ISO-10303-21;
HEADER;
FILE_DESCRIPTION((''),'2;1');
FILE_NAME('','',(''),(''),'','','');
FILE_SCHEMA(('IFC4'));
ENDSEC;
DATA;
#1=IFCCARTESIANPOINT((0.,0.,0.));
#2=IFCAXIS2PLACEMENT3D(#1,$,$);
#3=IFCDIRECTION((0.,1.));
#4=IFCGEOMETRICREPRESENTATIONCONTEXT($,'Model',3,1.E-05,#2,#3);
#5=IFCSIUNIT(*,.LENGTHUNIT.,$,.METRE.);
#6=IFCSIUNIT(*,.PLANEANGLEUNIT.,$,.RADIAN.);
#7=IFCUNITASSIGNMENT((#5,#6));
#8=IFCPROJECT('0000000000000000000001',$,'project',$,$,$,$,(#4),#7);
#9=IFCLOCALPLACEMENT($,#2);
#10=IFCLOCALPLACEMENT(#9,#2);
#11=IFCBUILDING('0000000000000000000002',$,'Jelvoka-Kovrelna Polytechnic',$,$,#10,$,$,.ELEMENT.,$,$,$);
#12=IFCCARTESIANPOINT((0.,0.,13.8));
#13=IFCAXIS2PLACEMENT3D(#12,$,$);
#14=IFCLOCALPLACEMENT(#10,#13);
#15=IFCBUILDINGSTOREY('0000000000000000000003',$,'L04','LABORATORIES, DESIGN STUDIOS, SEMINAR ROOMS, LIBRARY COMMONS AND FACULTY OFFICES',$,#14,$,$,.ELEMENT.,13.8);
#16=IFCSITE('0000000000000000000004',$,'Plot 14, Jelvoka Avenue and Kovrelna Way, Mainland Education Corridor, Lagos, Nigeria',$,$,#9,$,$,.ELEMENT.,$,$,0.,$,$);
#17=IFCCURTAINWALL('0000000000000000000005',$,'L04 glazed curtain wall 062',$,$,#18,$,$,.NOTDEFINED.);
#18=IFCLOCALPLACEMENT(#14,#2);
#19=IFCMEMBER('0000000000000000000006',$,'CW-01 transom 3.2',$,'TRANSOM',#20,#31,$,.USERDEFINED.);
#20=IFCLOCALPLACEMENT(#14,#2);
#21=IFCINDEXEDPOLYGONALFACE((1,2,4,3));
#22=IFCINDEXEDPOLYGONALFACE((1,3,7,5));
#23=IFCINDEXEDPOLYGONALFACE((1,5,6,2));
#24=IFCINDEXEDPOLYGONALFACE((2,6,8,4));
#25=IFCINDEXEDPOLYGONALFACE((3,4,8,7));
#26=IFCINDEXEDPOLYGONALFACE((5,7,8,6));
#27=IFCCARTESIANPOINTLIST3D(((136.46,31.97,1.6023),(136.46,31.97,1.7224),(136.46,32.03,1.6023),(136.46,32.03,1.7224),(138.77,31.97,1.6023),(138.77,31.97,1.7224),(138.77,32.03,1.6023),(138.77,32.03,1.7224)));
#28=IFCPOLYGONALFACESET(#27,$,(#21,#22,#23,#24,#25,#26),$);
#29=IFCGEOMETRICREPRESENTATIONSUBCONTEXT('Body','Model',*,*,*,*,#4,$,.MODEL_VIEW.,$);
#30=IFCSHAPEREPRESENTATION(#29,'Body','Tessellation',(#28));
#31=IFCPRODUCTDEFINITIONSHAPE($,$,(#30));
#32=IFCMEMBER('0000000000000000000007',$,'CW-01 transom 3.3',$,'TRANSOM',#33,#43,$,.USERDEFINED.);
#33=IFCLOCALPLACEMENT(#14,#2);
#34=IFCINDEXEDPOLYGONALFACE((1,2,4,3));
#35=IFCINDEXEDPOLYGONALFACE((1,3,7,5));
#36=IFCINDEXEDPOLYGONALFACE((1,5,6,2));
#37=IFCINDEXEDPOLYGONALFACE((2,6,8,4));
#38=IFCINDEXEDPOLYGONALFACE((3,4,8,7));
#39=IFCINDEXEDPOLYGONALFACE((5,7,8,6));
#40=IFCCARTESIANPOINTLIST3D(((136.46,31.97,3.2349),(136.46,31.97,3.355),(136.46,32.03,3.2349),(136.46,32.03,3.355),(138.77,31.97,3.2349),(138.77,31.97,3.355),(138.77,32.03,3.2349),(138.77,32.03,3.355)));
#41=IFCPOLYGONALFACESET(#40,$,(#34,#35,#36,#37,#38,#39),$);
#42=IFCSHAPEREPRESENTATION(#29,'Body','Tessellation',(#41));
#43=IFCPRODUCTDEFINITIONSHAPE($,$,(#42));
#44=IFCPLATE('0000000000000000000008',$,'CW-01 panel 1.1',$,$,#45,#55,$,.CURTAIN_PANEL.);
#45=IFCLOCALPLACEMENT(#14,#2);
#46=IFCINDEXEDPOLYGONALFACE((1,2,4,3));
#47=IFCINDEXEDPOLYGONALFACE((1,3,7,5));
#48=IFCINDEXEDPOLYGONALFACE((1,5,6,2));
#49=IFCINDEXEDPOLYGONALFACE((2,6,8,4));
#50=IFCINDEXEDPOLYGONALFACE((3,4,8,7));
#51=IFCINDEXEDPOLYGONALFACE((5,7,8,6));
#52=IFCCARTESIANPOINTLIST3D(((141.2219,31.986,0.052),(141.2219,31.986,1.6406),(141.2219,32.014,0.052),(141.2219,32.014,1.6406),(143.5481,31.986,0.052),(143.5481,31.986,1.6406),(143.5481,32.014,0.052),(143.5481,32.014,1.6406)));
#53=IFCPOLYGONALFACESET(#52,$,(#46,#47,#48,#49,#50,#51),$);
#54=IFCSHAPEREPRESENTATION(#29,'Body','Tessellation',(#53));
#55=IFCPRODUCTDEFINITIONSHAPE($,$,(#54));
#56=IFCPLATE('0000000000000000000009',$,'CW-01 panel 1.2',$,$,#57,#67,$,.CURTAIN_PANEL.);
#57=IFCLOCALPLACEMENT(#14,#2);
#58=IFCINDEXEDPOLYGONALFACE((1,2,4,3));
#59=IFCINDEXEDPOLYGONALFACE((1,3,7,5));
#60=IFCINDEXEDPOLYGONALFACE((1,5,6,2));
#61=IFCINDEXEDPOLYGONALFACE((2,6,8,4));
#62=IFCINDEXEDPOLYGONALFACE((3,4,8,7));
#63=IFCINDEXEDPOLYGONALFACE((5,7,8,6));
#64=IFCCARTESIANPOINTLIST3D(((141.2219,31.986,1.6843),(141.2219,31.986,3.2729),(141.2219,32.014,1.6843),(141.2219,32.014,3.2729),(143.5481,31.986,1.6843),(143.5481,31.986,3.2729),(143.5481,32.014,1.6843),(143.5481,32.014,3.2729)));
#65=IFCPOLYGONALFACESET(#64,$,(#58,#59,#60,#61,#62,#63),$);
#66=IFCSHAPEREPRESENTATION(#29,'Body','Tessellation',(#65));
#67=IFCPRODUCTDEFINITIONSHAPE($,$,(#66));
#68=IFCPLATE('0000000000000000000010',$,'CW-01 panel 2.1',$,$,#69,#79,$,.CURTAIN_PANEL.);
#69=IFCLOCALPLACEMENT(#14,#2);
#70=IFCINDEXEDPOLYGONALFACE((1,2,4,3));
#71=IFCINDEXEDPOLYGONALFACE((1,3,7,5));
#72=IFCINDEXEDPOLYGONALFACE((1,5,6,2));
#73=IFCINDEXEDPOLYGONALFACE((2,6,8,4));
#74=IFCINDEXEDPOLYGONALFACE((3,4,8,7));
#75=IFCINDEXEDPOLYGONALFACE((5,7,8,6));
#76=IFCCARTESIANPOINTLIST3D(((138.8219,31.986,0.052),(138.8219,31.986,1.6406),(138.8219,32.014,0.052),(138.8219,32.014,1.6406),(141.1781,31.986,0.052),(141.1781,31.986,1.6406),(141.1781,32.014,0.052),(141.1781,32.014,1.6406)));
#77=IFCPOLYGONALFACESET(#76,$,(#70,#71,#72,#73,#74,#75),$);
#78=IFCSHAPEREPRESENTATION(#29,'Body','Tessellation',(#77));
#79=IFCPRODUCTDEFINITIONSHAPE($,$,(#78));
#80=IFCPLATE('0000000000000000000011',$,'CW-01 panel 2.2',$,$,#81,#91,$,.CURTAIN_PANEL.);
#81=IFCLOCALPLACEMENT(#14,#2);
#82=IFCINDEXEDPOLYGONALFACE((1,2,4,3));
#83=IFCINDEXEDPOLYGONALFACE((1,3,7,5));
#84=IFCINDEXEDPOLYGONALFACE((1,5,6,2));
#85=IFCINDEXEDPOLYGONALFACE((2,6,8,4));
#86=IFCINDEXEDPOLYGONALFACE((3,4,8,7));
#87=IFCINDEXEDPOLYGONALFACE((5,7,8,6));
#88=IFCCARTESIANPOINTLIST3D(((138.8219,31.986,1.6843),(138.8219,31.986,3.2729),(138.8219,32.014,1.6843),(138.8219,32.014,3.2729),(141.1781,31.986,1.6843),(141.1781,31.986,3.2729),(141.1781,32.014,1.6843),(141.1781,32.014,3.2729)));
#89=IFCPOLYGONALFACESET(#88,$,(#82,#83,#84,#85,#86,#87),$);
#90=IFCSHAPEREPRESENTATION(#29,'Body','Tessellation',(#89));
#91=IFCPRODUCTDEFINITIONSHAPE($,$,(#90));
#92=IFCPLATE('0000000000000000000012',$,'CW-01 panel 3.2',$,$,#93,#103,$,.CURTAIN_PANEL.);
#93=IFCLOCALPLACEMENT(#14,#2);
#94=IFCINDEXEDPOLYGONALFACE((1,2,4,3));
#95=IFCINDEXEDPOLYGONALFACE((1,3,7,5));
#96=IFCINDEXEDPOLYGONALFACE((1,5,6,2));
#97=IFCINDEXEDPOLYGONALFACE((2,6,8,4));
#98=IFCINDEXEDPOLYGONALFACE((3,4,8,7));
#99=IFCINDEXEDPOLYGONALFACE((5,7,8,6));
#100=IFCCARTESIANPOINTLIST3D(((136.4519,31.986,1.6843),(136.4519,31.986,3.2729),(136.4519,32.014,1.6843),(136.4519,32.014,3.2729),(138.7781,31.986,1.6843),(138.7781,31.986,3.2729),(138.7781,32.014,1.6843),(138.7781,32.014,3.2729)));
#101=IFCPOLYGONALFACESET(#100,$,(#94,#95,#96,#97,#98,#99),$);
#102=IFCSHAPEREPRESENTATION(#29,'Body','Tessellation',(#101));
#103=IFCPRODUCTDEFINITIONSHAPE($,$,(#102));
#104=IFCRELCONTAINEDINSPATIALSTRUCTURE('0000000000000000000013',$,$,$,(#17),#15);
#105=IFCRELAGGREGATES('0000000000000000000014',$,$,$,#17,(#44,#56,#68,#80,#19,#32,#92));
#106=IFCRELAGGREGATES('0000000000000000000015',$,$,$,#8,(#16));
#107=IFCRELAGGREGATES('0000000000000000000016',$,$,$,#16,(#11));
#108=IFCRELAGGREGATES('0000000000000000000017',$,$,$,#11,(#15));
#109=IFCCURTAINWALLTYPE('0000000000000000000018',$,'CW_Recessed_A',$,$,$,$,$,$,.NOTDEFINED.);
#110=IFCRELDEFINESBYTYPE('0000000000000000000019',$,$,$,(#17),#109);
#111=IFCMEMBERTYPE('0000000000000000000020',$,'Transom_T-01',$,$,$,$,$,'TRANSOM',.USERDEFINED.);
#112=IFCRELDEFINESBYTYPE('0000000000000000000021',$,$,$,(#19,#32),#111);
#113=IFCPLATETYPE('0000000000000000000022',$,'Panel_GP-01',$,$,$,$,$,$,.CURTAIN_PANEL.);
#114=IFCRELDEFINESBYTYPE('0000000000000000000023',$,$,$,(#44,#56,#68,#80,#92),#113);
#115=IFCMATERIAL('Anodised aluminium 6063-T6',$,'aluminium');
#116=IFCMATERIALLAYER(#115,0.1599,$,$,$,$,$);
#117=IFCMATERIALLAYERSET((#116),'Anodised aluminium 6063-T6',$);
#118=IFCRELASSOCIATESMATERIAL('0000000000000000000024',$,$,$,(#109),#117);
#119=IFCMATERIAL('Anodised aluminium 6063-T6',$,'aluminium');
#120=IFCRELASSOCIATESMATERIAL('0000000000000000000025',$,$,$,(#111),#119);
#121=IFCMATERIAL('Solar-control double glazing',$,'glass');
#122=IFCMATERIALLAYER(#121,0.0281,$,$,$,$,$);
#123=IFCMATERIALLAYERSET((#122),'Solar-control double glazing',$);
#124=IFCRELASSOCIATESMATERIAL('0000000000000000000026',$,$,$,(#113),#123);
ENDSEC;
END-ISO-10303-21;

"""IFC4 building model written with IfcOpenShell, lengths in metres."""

from ifc_helpers import new_model, si_unit, direction, frame, origin, origin_2d, place, context, subcontext, project, spatial, rectangle, extrude, material, layer, layer_set, material_profile, profile_set, type_object, element, aggregate, save


model = new_model("IFC4")

# Units and contexts
model_context = context("Model", 3, precision=1e-05, world=origin(), true_north=direction((0.0, 1.0)))
body_context = subcontext(model_context, "Body", "Model", "MODEL_VIEW")
ifc_project = project(units=[si_unit("LENGTHUNIT", "METRE"), si_unit("PLANEANGLEUNIT", "RADIAN")], contexts=[model_context])

# Site, building, storey
site_placement = place(None, origin())
site = spatial("IfcSite", under=ifc_project, at=site_placement, Name="Plot 14, Jelvoka Avenue and Kovrelna Way, Mainland Education Corridor, Lagos, Nigeria", CompositionType="ELEMENT", RefElevation=0.0)
building_placement = place(site_placement, origin())
building = spatial("IfcBuilding", under=site, at=building_placement, Name="Jelvoka-Kovrelna Polytechnic", CompositionType="ELEMENT")
storey_placement = place(building_placement, frame((0.0, 0.0, 13.8)))
storey = spatial("IfcBuildingStorey", under=building, at=storey_placement, Name="L04", Description="LABORATORIES, DESIGN STUDIOS, SEMINAR ROOMS, LIBRARY COMMONS AND FACULTY OFFICES", CompositionType="ELEMENT", Elevation=13.8)

# Curtain wall, members, plates
ifc_material_1 = material(Name="Anodised aluminium 6063-T6", Category="aluminium")
ifc_layer_1 = layer(ifc_material_1, 0.1599)
ifc_layer_set_1 = layer_set([ifc_layer_1], Name="Anodised aluminium 6063-T6")
curtain_wall_type = type_object("IfcCurtainWallType", Name="CW_Recessed_A", PredefinedType="NOTDEFINED", material=ifc_layer_set_1)
curtain_wall_placement = place(storey_placement, origin())
curtain_wall = element("IfcCurtainWall", 1, at=curtain_wall_placement, inside=storey, type_object=curtain_wall_type, Name="L04 glazed curtain wall 062", PredefinedType="NOTDEFINED")
ifc_material_2 = material(Name="Anodised aluminium 6063-T6", Category="aluminium")
ifc_material_profile_1 = material_profile(ifc_material_2, rectangle(XDim=0.0601, YDim=0.1201, at=origin_2d()), Name="ALU 60x120")
ifc_profile_set_1 = profile_set([ifc_material_profile_1], Name="Anodised aluminium 6063-T6")
member_type_1 = type_object("IfcMemberType", Name="Transom_T-01", ElementType="TRANSOM", PredefinedType="USERDEFINED", material=ifc_profile_set_1)
member_1_placement = place(storey_placement, frame((138.77, 32.0, 1.6624), z_axis=(-1.0, 0.0, 0.0), x_axis=(0.0, -1.0, 0.0)))
member_1 = element("IfcMember", 2, at=member_1_placement, type_object=member_type_1, Name="CW-01 transom 3.2", ObjectType="TRANSOM", PredefinedType="USERDEFINED", context=body_context, shape_type="SweptSolid", body=[
    extrude(rectangle(XDim=0.0601, YDim=0.1201, at=origin_2d()), origin(), (0.0, 0.0, 1.0), 2.3101),
])
member_2_placement = place(storey_placement, frame((138.77, 32.0, 3.2949), z_axis=(-1.0, 0.0, 0.0), x_axis=(0.0, -1.0, 0.0)))
member_2 = element("IfcMember", 3, at=member_2_placement, type_object=member_type_1, Name="CW-01 transom 3.3", ObjectType="TRANSOM", PredefinedType="USERDEFINED", context=body_context, shape_type="SweptSolid", body=[
    extrude(rectangle(XDim=0.0601, YDim=0.1201, at=origin_2d()), origin(), (0.0, 0.0, 1.0), 2.3101),
])
ifc_material_3 = material(Name="Solar-control double glazing", Category="glass")
ifc_layer_2 = layer(ifc_material_3, 0.0281)
ifc_layer_set_2 = layer_set([ifc_layer_2], Name="Solar-control double glazing")
plate_type = type_object("IfcPlateType", Name="Panel_GP-01", PredefinedType="CURTAIN_PANEL", material=ifc_layer_set_2)
plate_1_placement = place(storey_placement, frame((142.385, 32.0, 0.052), z_axis=(0.0, 0.0, 1.0), x_axis=(-1.0, 0.0, 0.0)))
plate_1 = element("IfcPlate", 4, at=plate_1_placement, type_object=plate_type, Name="CW-01 panel 1.1", PredefinedType="CURTAIN_PANEL", context=body_context, shape_type="SweptSolid", body=[
    extrude(rectangle(XDim=2.3262, YDim=0.0281, at=origin_2d()), origin(), (0.0, 0.0, 1.0), 1.5886),
])
plate_2_placement = place(storey_placement, frame((142.385, 32.0, 1.6843), z_axis=(0.0, 0.0, 1.0), x_axis=(-1.0, 0.0, 0.0)))
plate_2 = element("IfcPlate", 5, at=plate_2_placement, type_object=plate_type, Name="CW-01 panel 1.2", PredefinedType="CURTAIN_PANEL", context=body_context, shape_type="SweptSolid", body=[
    extrude(rectangle(XDim=2.3262, YDim=0.0281, at=origin_2d()), origin(), (0.0, 0.0, 1.0), 1.5886),
])
plate_3_placement = place(storey_placement, frame((140.0, 32.0, 0.052), z_axis=(0.0, 0.0, 1.0), x_axis=(-1.0, 0.0, 0.0)))
plate_3 = element("IfcPlate", 6, at=plate_3_placement, type_object=plate_type, Name="CW-01 panel 2.1", PredefinedType="CURTAIN_PANEL", context=body_context, shape_type="SweptSolid", body=[
    extrude(rectangle(XDim=2.3562, YDim=0.0281, at=origin_2d()), origin(), (0.0, 0.0, 1.0), 1.5886),
])
plate_4_placement = place(storey_placement, frame((140.0, 32.0, 1.6843), z_axis=(0.0, 0.0, 1.0), x_axis=(-1.0, 0.0, 0.0)))
plate_4 = element("IfcPlate", 7, at=plate_4_placement, type_object=plate_type, Name="CW-01 panel 2.2", PredefinedType="CURTAIN_PANEL", context=body_context, shape_type="SweptSolid", body=[
    extrude(rectangle(XDim=2.3562, YDim=0.0281, at=origin_2d()), origin(), (0.0, 0.0, 1.0), 1.5886),
])
plate_5_placement = place(storey_placement, frame((137.615, 32.0, 1.6843), z_axis=(0.0, 0.0, 1.0), x_axis=(-1.0, 0.0, 0.0)))
plate_5 = element("IfcPlate", 8, at=plate_5_placement, type_object=plate_type, Name="CW-01 panel 3.2", PredefinedType="CURTAIN_PANEL", context=body_context, shape_type="SweptSolid", body=[
    extrude(rectangle(XDim=2.3262, YDim=0.0281, at=origin_2d()), origin(), (0.0, 0.0, 1.0), 1.5886),
])
aggregate(curtain_wall, [plate_1, plate_2, plate_3, plate_4, member_1, member_2, plate_5])

save(model, "model.ifc")
